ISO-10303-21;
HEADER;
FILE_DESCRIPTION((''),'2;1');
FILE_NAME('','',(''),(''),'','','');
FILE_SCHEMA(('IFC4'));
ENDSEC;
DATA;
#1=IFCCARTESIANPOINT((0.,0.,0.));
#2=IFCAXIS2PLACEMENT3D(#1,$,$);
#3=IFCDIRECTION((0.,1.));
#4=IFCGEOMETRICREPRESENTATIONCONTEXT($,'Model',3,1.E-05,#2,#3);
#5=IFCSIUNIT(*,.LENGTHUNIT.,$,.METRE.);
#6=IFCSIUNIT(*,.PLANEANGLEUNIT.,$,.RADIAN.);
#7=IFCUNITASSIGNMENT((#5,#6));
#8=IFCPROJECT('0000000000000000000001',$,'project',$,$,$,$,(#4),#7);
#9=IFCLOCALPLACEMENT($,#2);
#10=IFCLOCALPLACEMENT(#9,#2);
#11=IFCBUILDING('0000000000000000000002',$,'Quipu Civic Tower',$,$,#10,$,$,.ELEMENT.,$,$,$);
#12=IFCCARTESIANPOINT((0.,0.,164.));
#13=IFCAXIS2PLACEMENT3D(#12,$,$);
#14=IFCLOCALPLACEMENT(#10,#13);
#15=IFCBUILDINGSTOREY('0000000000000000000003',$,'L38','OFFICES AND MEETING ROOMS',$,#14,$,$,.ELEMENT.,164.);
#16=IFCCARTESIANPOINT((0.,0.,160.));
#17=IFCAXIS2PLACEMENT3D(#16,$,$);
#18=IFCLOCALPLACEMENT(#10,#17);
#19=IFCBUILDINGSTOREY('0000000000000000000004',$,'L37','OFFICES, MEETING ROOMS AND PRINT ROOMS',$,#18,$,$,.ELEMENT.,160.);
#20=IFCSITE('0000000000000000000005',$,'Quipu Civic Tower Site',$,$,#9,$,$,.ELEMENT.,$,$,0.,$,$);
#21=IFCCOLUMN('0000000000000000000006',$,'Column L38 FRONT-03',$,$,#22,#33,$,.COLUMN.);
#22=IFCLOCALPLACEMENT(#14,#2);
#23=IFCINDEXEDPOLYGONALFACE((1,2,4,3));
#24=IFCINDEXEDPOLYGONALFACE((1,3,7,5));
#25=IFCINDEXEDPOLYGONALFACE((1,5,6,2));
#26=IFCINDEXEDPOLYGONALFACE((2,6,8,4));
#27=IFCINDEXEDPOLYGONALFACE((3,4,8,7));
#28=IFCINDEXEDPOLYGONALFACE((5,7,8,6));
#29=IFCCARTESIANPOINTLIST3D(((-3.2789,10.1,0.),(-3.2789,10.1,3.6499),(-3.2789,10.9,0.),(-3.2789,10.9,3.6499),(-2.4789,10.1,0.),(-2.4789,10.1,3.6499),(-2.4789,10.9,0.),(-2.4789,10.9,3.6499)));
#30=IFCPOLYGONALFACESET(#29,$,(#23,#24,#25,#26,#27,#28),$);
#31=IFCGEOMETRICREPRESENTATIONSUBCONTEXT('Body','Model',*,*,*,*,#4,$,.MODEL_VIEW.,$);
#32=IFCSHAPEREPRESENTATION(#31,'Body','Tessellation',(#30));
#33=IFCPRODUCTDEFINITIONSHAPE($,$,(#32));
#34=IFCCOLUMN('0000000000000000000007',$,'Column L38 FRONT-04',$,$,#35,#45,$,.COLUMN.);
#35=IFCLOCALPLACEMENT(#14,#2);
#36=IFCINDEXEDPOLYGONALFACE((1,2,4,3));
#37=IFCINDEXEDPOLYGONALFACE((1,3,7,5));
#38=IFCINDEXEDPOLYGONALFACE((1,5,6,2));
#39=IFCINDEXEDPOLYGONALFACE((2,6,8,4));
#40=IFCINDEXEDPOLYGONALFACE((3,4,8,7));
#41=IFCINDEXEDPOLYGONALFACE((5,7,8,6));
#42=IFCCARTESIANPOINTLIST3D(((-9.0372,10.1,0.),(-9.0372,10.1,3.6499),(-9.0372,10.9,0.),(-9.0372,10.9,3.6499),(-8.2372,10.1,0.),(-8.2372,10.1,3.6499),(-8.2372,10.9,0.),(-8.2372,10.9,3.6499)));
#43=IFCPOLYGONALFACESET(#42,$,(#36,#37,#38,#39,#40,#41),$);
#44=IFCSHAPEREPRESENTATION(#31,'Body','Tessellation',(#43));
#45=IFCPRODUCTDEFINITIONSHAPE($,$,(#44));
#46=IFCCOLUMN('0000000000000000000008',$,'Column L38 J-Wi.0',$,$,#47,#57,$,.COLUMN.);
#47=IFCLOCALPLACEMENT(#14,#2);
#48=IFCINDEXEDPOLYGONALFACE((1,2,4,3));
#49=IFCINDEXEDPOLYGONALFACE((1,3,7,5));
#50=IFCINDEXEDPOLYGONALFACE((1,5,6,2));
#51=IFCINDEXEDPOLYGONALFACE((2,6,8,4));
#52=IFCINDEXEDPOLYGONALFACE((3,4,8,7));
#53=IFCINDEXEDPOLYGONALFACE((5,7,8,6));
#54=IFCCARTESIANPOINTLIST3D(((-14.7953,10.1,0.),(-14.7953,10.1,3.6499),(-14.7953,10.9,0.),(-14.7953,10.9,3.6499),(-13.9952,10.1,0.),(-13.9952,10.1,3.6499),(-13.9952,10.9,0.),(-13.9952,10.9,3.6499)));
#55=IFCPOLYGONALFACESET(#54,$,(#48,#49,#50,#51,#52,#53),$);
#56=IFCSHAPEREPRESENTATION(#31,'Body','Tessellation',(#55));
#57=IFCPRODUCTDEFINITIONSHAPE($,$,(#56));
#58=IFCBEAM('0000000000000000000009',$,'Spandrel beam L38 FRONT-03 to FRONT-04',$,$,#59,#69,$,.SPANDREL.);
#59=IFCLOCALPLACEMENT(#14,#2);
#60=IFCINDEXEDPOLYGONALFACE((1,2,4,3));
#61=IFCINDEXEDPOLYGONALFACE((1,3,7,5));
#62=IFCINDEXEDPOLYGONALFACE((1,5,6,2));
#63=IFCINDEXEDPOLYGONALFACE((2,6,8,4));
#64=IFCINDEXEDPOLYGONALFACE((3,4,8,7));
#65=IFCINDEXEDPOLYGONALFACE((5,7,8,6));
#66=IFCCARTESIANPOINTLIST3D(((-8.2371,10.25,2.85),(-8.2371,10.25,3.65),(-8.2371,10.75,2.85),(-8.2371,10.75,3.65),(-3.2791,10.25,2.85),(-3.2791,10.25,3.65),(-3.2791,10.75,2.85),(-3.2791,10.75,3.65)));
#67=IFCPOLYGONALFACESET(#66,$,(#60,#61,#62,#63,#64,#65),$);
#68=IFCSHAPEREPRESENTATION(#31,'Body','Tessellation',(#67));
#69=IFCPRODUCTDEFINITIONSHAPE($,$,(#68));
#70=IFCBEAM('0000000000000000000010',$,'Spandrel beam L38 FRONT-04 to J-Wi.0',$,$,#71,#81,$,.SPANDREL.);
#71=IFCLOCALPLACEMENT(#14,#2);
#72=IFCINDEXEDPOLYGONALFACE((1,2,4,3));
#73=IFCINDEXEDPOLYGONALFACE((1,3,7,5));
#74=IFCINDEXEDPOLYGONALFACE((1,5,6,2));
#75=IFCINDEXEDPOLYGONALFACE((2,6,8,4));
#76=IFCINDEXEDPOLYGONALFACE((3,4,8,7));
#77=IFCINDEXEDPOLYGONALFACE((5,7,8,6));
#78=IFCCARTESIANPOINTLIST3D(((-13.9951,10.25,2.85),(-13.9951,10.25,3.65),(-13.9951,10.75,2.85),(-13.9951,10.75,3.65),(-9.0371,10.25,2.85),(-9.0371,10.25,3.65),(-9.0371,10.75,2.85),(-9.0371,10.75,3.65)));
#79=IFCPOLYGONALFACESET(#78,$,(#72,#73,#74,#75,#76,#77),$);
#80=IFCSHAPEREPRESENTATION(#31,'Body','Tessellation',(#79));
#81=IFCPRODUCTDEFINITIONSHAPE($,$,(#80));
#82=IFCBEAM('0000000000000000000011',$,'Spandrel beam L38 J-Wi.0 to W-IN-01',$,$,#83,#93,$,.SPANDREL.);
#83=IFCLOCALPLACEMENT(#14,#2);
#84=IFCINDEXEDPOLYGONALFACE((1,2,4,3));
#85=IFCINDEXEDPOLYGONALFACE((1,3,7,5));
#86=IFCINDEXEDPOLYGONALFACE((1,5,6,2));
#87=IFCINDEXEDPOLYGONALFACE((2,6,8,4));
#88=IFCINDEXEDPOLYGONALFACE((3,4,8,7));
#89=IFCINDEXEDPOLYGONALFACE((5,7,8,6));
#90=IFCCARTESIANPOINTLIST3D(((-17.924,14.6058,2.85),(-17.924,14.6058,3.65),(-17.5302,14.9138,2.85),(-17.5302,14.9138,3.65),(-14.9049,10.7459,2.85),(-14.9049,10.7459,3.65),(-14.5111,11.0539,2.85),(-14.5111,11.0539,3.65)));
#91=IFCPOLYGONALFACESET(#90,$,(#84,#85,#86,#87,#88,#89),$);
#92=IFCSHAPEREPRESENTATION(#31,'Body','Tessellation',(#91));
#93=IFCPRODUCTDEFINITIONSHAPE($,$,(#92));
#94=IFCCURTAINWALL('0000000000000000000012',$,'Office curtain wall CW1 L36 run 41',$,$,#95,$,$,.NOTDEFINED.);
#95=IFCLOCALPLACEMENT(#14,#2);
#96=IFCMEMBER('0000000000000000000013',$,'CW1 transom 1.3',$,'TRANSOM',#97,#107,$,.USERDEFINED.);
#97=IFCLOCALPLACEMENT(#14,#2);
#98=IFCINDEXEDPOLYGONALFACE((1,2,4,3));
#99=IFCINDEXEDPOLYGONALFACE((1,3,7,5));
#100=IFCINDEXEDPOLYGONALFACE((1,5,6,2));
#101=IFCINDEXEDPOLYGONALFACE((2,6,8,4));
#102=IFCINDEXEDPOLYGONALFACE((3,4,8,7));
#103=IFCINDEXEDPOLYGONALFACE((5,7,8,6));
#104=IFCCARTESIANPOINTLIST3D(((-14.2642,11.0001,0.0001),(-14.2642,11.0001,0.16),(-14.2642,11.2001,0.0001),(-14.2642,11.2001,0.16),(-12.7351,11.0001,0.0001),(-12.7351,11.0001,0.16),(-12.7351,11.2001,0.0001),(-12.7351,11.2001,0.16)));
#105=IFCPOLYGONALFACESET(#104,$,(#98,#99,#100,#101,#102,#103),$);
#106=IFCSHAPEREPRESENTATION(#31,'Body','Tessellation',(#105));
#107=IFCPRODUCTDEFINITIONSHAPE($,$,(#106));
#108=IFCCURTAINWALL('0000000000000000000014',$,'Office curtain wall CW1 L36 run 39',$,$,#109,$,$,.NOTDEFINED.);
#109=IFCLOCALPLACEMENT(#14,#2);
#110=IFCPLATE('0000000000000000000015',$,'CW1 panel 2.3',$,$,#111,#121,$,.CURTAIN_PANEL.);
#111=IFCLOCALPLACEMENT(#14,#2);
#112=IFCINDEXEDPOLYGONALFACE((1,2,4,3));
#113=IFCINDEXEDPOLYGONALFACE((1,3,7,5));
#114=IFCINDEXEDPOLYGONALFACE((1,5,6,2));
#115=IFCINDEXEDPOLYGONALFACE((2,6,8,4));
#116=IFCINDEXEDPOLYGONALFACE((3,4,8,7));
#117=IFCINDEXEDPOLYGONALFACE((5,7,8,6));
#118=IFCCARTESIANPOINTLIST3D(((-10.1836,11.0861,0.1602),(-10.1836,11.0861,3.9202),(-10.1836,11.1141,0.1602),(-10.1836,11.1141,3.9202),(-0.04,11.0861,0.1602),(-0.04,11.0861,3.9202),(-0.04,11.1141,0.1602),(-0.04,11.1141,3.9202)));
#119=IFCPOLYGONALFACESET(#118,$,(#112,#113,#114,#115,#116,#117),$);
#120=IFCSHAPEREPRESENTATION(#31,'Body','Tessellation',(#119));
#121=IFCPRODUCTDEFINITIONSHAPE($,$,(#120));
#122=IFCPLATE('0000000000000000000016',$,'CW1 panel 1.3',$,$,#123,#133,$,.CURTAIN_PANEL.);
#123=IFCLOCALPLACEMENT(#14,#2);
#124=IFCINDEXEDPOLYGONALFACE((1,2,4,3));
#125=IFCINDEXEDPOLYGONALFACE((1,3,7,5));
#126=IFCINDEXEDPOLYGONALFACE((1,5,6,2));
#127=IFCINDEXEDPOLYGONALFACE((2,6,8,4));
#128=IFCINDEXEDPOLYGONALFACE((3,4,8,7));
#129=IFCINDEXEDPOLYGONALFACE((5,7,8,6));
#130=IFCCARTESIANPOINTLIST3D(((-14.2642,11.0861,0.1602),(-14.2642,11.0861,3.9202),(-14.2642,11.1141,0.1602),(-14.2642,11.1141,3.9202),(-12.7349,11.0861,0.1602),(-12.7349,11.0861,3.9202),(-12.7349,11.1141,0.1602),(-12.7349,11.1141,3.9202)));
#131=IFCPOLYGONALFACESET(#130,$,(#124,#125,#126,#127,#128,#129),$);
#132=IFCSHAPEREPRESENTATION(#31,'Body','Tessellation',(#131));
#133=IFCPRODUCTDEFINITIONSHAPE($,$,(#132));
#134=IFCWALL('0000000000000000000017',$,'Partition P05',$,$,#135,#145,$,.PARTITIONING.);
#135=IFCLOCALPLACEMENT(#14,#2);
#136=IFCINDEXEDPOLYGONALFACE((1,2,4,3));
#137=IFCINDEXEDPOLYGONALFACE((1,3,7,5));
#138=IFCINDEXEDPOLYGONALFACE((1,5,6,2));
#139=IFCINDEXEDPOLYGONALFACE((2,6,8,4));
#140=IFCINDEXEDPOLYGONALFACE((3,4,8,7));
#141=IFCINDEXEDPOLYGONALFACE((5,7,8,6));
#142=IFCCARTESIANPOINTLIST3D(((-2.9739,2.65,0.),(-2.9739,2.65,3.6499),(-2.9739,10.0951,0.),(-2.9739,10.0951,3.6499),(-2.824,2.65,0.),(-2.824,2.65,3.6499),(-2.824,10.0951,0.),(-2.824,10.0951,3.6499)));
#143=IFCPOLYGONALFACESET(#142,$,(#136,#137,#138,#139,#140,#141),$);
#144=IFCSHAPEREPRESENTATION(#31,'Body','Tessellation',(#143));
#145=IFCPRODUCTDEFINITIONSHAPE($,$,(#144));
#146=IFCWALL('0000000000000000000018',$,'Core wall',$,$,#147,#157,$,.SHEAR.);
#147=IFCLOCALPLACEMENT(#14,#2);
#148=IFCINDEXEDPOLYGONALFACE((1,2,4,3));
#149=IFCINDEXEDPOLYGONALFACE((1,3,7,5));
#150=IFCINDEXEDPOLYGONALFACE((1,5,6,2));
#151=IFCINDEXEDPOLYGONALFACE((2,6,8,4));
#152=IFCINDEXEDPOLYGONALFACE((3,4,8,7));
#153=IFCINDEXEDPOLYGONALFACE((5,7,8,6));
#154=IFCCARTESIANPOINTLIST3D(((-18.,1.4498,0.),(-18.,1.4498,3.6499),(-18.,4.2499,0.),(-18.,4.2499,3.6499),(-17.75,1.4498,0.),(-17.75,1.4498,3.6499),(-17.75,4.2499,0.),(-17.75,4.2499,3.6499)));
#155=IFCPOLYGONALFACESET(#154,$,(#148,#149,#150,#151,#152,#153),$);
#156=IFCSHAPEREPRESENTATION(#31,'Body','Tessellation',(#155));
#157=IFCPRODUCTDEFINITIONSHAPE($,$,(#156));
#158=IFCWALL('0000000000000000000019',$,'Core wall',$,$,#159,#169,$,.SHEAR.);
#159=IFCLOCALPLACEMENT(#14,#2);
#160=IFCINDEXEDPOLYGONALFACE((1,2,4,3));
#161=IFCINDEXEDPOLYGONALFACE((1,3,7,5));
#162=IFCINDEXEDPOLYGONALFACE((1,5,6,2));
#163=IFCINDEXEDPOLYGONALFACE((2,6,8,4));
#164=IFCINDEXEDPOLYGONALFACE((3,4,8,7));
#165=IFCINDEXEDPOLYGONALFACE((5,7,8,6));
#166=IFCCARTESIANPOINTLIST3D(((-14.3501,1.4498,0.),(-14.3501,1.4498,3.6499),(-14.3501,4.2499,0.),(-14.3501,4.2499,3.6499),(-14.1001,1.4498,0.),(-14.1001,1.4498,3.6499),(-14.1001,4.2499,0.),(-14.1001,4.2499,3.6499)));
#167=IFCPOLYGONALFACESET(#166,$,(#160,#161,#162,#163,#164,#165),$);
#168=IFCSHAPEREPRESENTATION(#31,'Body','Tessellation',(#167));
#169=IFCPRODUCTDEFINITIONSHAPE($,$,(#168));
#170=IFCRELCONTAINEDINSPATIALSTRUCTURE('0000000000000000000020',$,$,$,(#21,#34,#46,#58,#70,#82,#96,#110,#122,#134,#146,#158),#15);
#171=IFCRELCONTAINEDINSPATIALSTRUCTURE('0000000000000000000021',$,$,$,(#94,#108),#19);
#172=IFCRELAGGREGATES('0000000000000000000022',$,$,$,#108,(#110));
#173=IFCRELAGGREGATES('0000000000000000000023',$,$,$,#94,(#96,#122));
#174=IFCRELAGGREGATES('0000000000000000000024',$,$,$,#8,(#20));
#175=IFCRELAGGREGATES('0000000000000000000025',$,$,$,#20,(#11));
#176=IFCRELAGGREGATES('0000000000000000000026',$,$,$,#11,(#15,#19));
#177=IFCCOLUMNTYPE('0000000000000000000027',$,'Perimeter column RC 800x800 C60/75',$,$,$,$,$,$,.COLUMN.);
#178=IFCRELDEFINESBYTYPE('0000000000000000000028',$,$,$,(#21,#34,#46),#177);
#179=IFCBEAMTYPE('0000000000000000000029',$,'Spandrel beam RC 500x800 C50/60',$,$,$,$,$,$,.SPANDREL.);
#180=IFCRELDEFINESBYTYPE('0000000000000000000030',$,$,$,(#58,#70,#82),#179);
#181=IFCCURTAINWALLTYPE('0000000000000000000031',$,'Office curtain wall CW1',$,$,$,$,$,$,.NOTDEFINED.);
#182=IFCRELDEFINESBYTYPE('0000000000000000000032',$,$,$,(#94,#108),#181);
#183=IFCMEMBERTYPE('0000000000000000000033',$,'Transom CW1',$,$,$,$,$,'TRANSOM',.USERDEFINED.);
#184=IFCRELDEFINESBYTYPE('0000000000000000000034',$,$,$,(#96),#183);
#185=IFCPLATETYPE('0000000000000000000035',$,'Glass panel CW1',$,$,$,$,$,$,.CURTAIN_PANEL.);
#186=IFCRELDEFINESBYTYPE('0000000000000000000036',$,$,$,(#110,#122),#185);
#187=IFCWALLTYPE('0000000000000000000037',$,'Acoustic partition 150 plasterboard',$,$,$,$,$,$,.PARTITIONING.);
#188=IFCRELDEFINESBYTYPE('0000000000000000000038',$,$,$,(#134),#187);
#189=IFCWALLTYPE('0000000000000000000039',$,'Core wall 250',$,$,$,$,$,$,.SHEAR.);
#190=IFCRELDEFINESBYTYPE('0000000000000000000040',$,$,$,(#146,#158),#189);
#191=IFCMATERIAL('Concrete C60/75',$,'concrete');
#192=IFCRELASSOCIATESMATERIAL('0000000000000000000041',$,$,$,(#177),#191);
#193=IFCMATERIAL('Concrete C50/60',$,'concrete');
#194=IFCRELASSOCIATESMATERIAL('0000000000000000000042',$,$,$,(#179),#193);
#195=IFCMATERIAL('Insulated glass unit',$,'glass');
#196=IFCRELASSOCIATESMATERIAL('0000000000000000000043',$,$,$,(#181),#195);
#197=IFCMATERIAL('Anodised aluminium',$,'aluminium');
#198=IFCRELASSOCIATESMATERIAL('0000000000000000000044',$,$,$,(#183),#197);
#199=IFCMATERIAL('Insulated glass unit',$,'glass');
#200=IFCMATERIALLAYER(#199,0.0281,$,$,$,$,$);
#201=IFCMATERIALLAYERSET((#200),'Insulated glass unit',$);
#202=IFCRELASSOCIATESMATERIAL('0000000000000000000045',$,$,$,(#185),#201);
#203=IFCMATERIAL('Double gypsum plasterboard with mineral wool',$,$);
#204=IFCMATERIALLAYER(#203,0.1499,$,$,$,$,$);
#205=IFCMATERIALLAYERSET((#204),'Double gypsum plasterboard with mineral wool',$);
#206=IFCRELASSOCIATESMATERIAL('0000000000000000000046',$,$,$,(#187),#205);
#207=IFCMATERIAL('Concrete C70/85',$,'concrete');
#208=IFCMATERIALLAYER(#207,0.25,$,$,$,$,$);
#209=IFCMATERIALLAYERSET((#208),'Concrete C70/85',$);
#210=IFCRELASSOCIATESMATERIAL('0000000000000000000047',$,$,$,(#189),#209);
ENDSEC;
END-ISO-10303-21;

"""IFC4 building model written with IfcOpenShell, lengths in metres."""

from ifc_helpers import new_model, si_unit, direction, frame, frame_2d, origin, origin_2d, place, context, subcontext, project, spatial, rectangle, extrude, material, layer, layer_set, material_profile, profile_set, type_object, element, aggregate, save


model = new_model("IFC4")

# Units and contexts
model_context = context("Model", 3, precision=1e-05, world=origin(), true_north=direction((0.0, 1.0)))
body_context = subcontext(model_context, "Body", "Model", "MODEL_VIEW")
ifc_project = project(units=[si_unit("LENGTHUNIT", "METRE"), si_unit("PLANEANGLEUNIT", "RADIAN")], contexts=[model_context])

# Site, building, storey
site_placement = place(None, origin())
site = spatial("IfcSite", under=ifc_project, at=site_placement, Name="Quipu Civic Tower Site", CompositionType="ELEMENT", RefElevation=0.0)
building_placement = place(site_placement, origin())
building = spatial("IfcBuilding", under=site, at=building_placement, Name="Quipu Civic Tower", CompositionType="ELEMENT")
storey_1_placement = place(building_placement, frame((0.0, 0.0, 164.0)))
storey_1 = spatial("IfcBuildingStorey", under=building, at=storey_1_placement, Name="L38", Description="OFFICES AND MEETING ROOMS", CompositionType="ELEMENT", Elevation=164.0)

# Columns
ifc_material_1 = material(Name="Concrete C60/75", Category="concrete")
ifc_material_profile_1 = material_profile(ifc_material_1, rectangle(XDim=0.8, YDim=0.8, at=origin_2d()), Name="RC800x800")
ifc_profile_set_1 = profile_set([ifc_material_profile_1], Name="Concrete C60/75")
column_type = type_object("IfcColumnType", Name="Perimeter column RC 800x800 C60/75", PredefinedType="COLUMN", material=ifc_profile_set_1)
for number, where, z_axis, x_axis, name in (
    (1, (-2.8789, 10.5, 0.0), (0.0, 0.0, 1.0), (-1.0, 0.0, 0.0), "Column L38 FRONT-03"),
    (2, (-8.6372, 10.5, 0.0), (0.0, 0.0, 1.0), (-1.0, 0.0, 0.0), "Column L38 FRONT-04"),
    (3, (-14.3953, 10.5, 0.0), (0.0, 0.0, 1.0), (-1.0, 0.0, 0.0), "Column L38 J-Wi.0"),
):
    element("IfcColumn", number, at=place(storey_1_placement, frame(where, z_axis=z_axis, x_axis=x_axis)), inside=storey_1, type_object=column_type, Name=name, PredefinedType="COLUMN", context=body_context, shape_type="SweptSolid", body=[
        extrude(rectangle(XDim=0.8, YDim=0.8, at=origin_2d()), origin(), (0.0, 0.0, 1.0), 3.6499),
    ])

# Beams
ifc_material_2 = material(Name="Concrete C50/60", Category="concrete")
ifc_material_profile_2 = material_profile(ifc_material_2, rectangle(XDim=0.5, YDim=0.8, at=origin_2d()), Name="RC500x800")
ifc_profile_set_2 = profile_set([ifc_material_profile_2], Name="Concrete C50/60")
beam_type = type_object("IfcBeamType", Name="Spandrel beam RC 500x800 C50/60", PredefinedType="SPANDREL", material=ifc_profile_set_2)
for number, where, z_axis, x_axis, name in (
    (4, (-3.2791, 10.5, 3.25), (-1.0, 0.0, 0.0), (0.0, -1.0, 0.0), "Spandrel beam L38 FRONT-03 to FRONT-04"),
    (5, (-9.0371, 10.5, 3.25), (-1.0, 0.0, 0.0), (0.0, -1.0, 0.0), "Spandrel beam L38 FRONT-04 to J-Wi.0"),
):
    element("IfcBeam", number, at=place(storey_1_placement, frame(where, z_axis=z_axis, x_axis=x_axis)), inside=storey_1, type_object=beam_type, Name=name, PredefinedType="SPANDREL", context=body_context, shape_type="SweptSolid", body=[
        extrude(rectangle(XDim=0.5, YDim=0.8, at=origin_2d()), origin(), (0.0, 0.0, 1.0), 4.958),
    ])
beam_placement = place(storey_1_placement, frame((-14.708, 10.8999, 3.25), z_axis=(-0.616091, 0.787675, 0.0), x_axis=(-0.787675, -0.616091, 0.0)))
element("IfcBeam", 6, at=beam_placement, inside=storey_1, type_object=beam_type, Name="Spandrel beam L38 J-Wi.0 to W-IN-01", PredefinedType="SPANDREL", context=body_context, shape_type="SweptSolid", body=[
    extrude(rectangle(XDim=0.5, YDim=0.8, at=origin_2d()), origin(), (0.0, 0.0, 1.0), 4.9004),
])

# Shared definitions
storey_2_placement = place(building_placement, frame((0.0, 0.0, 160.0)))
storey_2 = spatial("IfcBuildingStorey", under=building, at=storey_2_placement, Name="L37", Description="OFFICES, MEETING ROOMS AND PRINT ROOMS", CompositionType="ELEMENT", Elevation=160.0)

# Curtain wall, member
ifc_material_3 = material(Name="Insulated glass unit", Category="glass")
curtain_wall_type = type_object("IfcCurtainWallType", Name="Office curtain wall CW1", PredefinedType="NOTDEFINED", material=ifc_material_3)
curtain_wall_1_placement = place(storey_2_placement, origin())
curtain_wall_1 = element("IfcCurtainWall", 7, at=curtain_wall_1_placement, inside=storey_2, type_object=curtain_wall_type, Name="Office curtain wall CW1 L36 run 41", PredefinedType="NOTDEFINED")
ifc_material_4 = material(Name="Anodised aluminium", Category="aluminium")
ifc_material_profile_3 = material_profile(ifc_material_4, rectangle(XDim=0.2, YDim=0.1599, at=origin_2d()), Name="RECT 200x160")
ifc_profile_set_3 = profile_set([ifc_material_profile_3], Name="Anodised aluminium")
member_type = type_object("IfcMemberType", Name="Transom CW1", ElementType="TRANSOM", PredefinedType="USERDEFINED", material=ifc_profile_set_3)
member_placement = place(storey_1_placement, frame((-12.7351, 11.1001, 0.0801), z_axis=(-1.0, 0.0, 0.0), x_axis=(0.0, -1.0, 0.0)))
member = element("IfcMember", 8, at=member_placement, inside=storey_1, type_object=member_type, Name="CW1 transom 1.3", ObjectType="TRANSOM", PredefinedType="USERDEFINED", context=body_context, shape_type="SweptSolid", body=[
    extrude(rectangle(XDim=0.2, YDim=0.1599, at=origin_2d()), origin(), (0.0, 0.0, 1.0), 1.5291),
])

# Curtain wall, plate
curtain_wall_2_placement = place(storey_2_placement, origin())
curtain_wall_2 = element("IfcCurtainWall", 9, at=curtain_wall_2_placement, inside=storey_2, type_object=curtain_wall_type, Name="Office curtain wall CW1 L36 run 39", PredefinedType="NOTDEFINED")
ifc_material_5 = material(Name="Insulated glass unit", Category="glass")
ifc_layer_1 = layer(ifc_material_5, 0.0281)
ifc_layer_set_1 = layer_set([ifc_layer_1], Name="Insulated glass unit")
plate_type = type_object("IfcPlateType", Name="Glass panel CW1", PredefinedType="CURTAIN_PANEL", material=ifc_layer_set_1)
plate_1_placement = place(storey_1_placement, frame((-5.1118, 11.1001, 0.1602), z_axis=(0.0, 0.0, 1.0), x_axis=(-1.0, 0.0, 0.0)))
plate_1 = element("IfcPlate", 10, at=plate_1_placement, inside=storey_1, type_object=plate_type, Name="CW1 panel 2.3", PredefinedType="CURTAIN_PANEL", context=body_context, shape_type="SweptSolid", body=[
    extrude(rectangle(XDim=10.1436, YDim=0.0281, at=origin_2d()), origin(), (0.0, 0.0, 1.0), 3.76),
])
aggregate(curtain_wall_2, [plate_1])

# Plate
plate_2_placement = place(storey_1_placement, frame((-13.4995, 11.1001, 0.1602), z_axis=(0.0, 0.0, 1.0), x_axis=(-1.0, 0.0, 0.0)))
plate_2 = element("IfcPlate", 11, at=plate_2_placement, inside=storey_1, type_object=plate_type, Name="CW1 panel 1.3", PredefinedType="CURTAIN_PANEL", context=body_context, shape_type="SweptSolid", body=[
    extrude(rectangle(XDim=1.5293, YDim=0.0281, at=origin_2d()), origin(), (0.0, 0.0, 1.0), 3.76),
])
aggregate(curtain_wall_1, [member, plate_2])

# Walls
ifc_material_6 = material(Name="Double gypsum plasterboard with mineral wool")
ifc_layer_2 = layer(ifc_material_6, 0.1499)
ifc_layer_set_2 = layer_set([ifc_layer_2], Name="Double gypsum plasterboard with mineral wool")
wall_type_1 = type_object("IfcWallType", Name="Acoustic partition 150 plasterboard", PredefinedType="PARTITIONING", material=ifc_layer_set_2)
wall_1_placement = place(storey_1_placement, frame((-2.8989, 2.6499, 0.0), z_axis=(0.0, 0.0, 1.0), x_axis=(0.0, 1.0, 0.0)))
element("IfcWall", 12, at=wall_1_placement, inside=storey_1, type_object=wall_type_1, Name="Partition P05", PredefinedType="PARTITIONING", context=body_context, shape_type="SweptSolid", body=[
    extrude(rectangle(XDim=7.4451, YDim=0.1499, at=frame_2d((3.7227, 0.0))), origin(), (0.0, 0.0, 1.0), 3.6499),
])
ifc_material_7 = material(Name="Concrete C70/85", Category="concrete")
ifc_layer_3 = layer(ifc_material_7, 0.25)
ifc_layer_set_3 = layer_set([ifc_layer_3], Name="Concrete C70/85")
wall_type_2 = type_object("IfcWallType", Name="Core wall 250", PredefinedType="SHEAR", material=ifc_layer_set_3)
for number, where, z_axis, x_axis, name in (
    (13, (-17.875, 1.45, 0.0), (0.0, 0.0, 1.0), (0.0, 1.0, 0.0), "Core wall"),
    (14, (-14.2251, 1.45, 0.0), (0.0, 0.0, 1.0), (0.0, 1.0, 0.0), "Core wall"),
):
    element("IfcWall", number, at=place(storey_1_placement, frame(where, z_axis=z_axis, x_axis=x_axis)), inside=storey_1, type_object=wall_type_2, Name=name, PredefinedType="SHEAR", context=body_context, shape_type="SweptSolid", body=[
        extrude(rectangle(XDim=2.8, YDim=0.25, at=frame_2d((1.3999, 0.0))), origin(), (0.0, 0.0, 1.0), 3.6499),
    ])

save(model, "model.ifc")
